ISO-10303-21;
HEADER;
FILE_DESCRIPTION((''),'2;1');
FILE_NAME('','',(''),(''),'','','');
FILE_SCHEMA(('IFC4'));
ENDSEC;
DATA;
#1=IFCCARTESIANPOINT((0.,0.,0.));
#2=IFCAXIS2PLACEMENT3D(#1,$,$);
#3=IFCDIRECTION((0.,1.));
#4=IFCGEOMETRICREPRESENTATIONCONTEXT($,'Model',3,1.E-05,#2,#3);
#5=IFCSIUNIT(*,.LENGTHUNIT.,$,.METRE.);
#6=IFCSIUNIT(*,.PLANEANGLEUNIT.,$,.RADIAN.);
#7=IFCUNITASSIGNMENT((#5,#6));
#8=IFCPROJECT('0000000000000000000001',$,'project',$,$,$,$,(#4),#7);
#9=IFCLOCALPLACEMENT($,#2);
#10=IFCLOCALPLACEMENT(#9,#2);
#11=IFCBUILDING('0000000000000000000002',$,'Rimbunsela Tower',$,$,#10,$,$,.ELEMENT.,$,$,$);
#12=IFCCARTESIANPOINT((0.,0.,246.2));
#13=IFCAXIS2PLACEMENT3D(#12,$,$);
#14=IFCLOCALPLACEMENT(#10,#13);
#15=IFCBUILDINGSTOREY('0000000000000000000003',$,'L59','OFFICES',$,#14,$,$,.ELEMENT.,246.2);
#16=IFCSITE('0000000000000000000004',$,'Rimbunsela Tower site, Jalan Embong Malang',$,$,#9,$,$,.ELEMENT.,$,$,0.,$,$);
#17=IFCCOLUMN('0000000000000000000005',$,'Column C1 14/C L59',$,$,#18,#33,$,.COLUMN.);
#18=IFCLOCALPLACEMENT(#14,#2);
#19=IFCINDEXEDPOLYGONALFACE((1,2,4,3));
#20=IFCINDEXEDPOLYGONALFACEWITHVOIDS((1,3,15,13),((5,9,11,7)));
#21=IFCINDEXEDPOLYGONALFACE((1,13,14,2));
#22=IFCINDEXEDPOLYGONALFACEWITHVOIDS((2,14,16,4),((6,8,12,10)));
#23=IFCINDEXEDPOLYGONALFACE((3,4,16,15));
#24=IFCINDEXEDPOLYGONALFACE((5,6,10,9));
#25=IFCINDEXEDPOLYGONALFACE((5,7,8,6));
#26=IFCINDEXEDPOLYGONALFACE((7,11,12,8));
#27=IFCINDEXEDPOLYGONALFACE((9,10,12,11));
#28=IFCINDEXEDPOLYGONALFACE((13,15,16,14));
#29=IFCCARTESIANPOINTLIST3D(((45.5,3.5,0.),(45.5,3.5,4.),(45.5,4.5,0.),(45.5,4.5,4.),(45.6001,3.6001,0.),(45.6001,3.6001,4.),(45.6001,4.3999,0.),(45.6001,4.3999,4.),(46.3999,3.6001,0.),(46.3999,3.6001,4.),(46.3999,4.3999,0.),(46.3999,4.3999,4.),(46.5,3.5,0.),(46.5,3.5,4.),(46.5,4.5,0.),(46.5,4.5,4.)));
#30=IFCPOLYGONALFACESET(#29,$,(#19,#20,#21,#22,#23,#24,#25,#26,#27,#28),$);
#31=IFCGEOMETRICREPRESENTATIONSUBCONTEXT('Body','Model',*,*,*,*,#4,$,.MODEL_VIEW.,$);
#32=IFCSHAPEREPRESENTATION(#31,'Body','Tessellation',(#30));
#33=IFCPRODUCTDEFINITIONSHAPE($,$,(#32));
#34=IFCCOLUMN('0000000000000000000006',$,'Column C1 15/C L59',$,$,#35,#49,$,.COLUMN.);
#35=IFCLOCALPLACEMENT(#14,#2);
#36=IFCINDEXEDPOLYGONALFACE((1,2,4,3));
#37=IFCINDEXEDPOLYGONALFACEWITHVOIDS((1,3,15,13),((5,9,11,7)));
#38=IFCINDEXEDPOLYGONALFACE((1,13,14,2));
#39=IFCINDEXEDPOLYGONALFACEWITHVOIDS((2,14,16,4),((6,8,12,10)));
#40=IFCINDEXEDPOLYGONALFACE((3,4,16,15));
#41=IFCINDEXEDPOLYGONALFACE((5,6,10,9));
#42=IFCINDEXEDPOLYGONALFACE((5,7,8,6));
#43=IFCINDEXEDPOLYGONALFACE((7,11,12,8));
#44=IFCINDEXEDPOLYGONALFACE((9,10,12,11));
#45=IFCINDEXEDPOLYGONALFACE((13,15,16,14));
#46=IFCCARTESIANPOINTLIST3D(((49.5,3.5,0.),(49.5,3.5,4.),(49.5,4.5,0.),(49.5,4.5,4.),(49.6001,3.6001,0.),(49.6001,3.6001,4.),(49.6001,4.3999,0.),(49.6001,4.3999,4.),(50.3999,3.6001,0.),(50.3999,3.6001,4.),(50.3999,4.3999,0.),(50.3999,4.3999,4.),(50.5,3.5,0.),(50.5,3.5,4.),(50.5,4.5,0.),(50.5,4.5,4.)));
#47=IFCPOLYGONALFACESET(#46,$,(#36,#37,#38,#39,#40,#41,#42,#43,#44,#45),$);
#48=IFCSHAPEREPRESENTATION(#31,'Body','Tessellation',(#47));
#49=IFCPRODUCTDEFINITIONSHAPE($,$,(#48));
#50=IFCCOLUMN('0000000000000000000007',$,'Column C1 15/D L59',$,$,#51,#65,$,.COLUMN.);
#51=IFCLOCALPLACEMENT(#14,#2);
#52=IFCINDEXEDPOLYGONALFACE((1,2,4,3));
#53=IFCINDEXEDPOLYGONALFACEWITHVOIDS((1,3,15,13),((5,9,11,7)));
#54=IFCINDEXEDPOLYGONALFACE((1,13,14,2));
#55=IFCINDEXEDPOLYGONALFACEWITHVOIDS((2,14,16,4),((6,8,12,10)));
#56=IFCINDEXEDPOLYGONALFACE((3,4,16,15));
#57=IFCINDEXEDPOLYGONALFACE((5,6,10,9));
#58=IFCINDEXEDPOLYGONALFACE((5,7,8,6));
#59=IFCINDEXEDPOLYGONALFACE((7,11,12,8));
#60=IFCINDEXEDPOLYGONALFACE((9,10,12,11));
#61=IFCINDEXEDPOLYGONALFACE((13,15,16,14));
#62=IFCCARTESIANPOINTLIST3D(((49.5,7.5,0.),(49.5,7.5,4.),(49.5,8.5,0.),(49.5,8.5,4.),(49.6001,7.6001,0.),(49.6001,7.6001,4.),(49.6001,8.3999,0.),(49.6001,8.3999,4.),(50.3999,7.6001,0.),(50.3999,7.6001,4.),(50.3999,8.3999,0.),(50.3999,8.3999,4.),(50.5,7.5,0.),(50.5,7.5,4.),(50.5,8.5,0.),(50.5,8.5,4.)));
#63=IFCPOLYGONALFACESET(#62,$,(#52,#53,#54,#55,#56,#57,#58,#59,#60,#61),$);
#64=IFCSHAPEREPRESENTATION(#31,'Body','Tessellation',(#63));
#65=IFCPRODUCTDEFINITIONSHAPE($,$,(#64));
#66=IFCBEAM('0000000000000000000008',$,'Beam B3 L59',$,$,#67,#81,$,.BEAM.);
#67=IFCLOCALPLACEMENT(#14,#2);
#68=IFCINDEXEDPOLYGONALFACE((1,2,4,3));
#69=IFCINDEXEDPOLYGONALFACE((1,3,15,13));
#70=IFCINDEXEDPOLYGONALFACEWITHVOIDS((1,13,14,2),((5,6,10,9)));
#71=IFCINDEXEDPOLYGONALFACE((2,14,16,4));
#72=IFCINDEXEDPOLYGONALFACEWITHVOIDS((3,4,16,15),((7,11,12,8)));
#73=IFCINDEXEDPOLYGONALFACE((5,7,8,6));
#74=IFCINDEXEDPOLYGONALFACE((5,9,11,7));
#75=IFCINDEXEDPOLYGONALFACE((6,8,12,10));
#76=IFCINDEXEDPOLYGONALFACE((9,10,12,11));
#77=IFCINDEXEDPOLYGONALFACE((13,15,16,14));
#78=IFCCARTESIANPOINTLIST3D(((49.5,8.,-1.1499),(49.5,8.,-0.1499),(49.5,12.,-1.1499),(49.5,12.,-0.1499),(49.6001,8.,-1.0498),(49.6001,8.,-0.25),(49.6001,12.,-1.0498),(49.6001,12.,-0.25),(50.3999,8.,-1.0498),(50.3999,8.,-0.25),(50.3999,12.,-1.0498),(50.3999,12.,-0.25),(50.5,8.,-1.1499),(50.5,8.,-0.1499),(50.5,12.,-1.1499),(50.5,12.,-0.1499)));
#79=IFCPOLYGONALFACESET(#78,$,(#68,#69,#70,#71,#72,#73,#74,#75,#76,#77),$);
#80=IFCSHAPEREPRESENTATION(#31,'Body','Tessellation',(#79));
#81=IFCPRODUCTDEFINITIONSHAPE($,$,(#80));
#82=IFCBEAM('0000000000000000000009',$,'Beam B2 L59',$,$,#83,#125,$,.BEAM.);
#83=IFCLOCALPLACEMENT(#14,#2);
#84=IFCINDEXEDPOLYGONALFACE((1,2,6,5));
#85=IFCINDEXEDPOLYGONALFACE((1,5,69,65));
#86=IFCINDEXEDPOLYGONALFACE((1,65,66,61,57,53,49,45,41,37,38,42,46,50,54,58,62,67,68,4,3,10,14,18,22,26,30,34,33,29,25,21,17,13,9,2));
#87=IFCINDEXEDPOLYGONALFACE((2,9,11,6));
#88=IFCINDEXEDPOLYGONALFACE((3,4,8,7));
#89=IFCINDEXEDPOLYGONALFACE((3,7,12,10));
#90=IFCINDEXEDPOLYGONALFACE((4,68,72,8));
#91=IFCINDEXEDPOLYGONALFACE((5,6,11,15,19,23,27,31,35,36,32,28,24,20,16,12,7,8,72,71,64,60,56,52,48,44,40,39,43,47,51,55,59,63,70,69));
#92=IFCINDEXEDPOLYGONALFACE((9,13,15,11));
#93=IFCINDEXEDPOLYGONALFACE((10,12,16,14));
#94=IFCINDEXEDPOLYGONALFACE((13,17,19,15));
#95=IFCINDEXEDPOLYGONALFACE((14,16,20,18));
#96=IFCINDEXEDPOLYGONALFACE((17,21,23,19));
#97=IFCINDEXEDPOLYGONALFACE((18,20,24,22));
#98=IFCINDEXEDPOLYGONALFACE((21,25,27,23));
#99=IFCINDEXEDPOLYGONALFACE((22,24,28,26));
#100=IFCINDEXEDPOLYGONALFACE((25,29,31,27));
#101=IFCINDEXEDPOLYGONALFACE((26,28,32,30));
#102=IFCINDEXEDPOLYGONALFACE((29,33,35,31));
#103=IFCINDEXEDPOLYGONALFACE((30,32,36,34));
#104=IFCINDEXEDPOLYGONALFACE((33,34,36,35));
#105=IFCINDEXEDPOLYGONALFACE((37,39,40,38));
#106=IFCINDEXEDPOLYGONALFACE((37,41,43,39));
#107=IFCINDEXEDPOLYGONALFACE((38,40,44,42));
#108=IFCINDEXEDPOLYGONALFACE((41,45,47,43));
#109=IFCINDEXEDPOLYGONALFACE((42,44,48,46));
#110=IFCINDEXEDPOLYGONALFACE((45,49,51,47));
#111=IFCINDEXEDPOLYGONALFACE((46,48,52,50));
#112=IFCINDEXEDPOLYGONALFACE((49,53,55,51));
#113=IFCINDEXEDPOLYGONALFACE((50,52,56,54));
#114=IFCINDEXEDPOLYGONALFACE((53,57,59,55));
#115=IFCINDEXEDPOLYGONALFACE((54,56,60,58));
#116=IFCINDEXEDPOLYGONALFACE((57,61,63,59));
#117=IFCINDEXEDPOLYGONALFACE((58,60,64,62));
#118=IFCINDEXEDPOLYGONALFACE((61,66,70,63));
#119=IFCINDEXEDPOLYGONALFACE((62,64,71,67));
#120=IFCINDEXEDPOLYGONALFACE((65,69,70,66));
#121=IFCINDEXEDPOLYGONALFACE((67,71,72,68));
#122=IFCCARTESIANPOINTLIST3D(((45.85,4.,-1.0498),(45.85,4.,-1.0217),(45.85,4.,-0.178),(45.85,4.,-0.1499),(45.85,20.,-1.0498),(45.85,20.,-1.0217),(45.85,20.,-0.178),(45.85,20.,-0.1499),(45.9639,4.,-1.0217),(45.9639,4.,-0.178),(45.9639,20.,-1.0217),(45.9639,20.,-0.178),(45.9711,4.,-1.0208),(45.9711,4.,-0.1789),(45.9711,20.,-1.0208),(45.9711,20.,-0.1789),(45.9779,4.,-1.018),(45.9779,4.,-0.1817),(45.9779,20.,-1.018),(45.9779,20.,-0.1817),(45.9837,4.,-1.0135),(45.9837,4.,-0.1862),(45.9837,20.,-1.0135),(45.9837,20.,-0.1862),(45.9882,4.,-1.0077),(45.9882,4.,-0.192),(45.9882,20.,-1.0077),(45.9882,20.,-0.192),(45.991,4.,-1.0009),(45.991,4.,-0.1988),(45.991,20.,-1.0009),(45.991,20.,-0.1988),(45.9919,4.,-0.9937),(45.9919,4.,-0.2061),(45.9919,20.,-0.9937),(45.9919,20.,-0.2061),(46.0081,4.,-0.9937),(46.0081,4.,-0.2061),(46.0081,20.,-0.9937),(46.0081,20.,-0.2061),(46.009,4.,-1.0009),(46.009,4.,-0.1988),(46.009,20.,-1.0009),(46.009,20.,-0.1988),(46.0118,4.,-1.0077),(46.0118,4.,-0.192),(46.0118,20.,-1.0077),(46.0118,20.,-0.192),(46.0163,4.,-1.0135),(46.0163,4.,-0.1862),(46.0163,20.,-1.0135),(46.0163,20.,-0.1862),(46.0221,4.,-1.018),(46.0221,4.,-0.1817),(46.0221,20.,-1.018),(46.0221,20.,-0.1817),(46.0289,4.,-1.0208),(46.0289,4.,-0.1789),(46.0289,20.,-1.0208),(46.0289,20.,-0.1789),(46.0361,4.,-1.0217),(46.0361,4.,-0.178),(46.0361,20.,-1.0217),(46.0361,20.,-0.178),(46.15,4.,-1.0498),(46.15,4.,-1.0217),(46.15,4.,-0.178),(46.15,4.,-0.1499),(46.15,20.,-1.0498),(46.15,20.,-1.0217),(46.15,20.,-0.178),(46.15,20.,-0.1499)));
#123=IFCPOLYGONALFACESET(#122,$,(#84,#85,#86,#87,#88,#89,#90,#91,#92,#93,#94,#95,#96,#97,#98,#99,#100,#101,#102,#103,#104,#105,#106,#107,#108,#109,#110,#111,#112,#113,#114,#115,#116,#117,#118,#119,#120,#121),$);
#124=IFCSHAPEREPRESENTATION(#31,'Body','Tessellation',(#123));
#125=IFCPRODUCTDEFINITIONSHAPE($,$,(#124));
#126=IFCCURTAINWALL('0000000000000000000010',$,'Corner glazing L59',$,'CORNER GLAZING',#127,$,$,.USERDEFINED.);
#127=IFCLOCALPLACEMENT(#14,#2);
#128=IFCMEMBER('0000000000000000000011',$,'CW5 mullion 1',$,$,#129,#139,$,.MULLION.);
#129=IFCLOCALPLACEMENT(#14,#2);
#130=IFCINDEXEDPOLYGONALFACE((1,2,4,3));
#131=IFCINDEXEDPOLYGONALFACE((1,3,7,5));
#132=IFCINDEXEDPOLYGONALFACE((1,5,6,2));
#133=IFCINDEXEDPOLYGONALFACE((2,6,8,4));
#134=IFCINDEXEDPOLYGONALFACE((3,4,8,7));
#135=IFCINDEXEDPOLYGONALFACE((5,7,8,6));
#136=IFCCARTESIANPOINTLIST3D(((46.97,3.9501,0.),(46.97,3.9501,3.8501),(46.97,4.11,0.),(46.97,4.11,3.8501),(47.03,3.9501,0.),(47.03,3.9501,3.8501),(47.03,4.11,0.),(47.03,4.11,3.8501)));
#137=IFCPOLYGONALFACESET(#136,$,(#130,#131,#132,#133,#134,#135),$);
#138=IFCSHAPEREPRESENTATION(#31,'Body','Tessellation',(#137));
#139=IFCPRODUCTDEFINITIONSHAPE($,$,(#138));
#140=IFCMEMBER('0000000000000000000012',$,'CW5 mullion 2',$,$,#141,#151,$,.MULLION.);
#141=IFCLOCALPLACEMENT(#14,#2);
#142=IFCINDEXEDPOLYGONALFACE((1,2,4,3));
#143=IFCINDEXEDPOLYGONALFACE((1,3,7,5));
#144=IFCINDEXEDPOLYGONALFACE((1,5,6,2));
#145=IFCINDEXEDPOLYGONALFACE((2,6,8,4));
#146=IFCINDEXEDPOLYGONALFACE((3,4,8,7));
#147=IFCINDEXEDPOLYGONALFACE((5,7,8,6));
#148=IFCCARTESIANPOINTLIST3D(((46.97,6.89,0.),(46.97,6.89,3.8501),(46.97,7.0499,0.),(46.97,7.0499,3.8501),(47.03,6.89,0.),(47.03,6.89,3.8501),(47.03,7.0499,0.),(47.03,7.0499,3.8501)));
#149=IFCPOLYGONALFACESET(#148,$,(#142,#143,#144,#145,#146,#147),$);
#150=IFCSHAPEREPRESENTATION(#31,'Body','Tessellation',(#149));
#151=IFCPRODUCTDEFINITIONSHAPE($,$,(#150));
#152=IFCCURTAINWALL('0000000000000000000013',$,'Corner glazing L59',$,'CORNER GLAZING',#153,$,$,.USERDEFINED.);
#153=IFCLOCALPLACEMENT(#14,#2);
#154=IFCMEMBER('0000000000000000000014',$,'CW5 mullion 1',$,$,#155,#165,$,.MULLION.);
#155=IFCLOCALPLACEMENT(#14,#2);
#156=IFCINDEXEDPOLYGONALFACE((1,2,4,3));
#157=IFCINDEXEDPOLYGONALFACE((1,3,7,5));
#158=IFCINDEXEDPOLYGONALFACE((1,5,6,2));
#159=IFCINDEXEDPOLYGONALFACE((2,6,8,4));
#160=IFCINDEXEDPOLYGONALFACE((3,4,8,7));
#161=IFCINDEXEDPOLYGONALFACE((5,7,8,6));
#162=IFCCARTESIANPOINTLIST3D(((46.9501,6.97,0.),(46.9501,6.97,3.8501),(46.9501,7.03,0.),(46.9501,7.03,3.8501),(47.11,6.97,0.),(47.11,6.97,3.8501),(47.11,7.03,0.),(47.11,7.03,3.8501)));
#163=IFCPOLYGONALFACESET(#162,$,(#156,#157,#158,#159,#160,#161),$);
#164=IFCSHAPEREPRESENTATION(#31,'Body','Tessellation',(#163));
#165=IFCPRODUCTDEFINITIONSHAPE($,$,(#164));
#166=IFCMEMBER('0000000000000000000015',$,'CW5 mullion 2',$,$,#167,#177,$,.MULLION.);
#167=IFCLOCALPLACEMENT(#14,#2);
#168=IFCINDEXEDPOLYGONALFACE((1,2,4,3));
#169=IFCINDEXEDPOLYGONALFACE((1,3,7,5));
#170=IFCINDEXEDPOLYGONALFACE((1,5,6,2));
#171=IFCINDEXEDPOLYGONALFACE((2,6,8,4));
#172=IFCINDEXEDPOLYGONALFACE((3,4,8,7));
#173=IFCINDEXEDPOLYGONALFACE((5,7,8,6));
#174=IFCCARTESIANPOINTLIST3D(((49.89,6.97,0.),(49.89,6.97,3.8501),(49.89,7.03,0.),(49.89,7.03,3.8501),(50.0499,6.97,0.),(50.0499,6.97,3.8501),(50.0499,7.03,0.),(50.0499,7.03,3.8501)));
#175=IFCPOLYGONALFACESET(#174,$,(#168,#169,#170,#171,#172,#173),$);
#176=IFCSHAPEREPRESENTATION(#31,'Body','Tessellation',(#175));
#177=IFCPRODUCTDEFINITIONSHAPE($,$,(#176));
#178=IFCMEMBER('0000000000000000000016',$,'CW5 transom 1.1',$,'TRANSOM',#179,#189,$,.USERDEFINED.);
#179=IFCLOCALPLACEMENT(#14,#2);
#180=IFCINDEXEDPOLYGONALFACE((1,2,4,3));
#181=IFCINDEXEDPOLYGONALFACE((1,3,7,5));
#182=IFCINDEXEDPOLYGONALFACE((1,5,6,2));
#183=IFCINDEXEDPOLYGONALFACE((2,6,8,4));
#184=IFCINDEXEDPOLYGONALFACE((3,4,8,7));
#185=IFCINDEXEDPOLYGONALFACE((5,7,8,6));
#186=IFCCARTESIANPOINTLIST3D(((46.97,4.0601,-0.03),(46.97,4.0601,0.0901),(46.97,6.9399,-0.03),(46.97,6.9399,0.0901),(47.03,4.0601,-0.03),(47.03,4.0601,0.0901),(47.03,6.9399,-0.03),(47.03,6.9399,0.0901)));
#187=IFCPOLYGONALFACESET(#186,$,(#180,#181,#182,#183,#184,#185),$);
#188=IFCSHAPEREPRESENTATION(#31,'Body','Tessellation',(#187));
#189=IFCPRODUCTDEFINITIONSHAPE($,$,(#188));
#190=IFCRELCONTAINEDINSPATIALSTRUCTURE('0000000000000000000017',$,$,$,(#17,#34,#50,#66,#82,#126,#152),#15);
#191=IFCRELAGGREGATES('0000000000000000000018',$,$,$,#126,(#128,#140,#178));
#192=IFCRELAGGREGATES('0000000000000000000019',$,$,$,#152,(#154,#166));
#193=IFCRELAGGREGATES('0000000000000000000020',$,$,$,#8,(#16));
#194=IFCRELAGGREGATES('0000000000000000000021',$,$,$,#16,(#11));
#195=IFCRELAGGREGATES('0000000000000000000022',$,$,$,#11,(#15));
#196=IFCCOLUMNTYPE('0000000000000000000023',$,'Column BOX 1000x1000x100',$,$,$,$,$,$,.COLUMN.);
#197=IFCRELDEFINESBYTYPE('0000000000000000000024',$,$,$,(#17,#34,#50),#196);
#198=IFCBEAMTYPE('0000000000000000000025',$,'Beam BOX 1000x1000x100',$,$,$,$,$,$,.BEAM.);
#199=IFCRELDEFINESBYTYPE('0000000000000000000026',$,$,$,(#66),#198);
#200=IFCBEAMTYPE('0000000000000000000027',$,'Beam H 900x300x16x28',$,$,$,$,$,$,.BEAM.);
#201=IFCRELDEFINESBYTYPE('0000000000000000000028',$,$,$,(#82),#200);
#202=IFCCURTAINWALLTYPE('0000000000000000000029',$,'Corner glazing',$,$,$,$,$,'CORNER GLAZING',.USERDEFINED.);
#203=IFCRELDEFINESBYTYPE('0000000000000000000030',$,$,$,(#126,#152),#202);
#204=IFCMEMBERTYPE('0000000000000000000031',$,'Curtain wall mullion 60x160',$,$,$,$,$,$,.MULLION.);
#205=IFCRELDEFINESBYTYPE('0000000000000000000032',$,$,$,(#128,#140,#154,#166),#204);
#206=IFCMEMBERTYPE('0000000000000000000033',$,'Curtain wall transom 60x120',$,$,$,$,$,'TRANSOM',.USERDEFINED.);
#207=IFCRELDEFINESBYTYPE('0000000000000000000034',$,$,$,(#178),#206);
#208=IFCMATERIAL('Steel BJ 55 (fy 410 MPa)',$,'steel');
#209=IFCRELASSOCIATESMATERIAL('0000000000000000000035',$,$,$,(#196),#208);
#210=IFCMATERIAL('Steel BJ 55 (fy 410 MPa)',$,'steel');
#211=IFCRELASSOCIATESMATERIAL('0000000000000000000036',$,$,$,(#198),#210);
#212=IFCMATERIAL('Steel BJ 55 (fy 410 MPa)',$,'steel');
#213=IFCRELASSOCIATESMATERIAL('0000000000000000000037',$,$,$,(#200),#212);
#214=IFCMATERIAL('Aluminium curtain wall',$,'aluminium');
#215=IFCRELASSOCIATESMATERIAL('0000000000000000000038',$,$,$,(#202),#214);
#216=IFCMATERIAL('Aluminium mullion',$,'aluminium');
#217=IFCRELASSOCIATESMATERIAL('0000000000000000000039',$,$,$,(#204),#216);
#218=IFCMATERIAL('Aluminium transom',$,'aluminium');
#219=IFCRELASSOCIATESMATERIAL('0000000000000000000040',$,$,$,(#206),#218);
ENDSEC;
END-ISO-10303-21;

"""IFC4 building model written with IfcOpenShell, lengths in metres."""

from ifc_helpers import new_model, si_unit, direction, frame, origin, origin_2d, place, context, subcontext, project, spatial, rectangle, hollow_rectangle, i_section, extrude, material, material_profile, profile_set, type_object, element, aggregate, save


model = new_model("IFC4")

# Units and contexts
model_context = context("Model", 3, precision=1e-05, world=origin(), true_north=direction((0.0, 1.0)))
body_context = subcontext(model_context, "Body", "Model", "MODEL_VIEW")
ifc_project = project(units=[si_unit("LENGTHUNIT", "METRE"), si_unit("PLANEANGLEUNIT", "RADIAN")], contexts=[model_context])

# Site, building, storey
site_placement = place(None, origin())
site = spatial("IfcSite", under=ifc_project, at=site_placement, Name="Rimbunsela Tower site, Jalan Embong Malang", CompositionType="ELEMENT", RefElevation=0.0)
building_placement = place(site_placement, origin())
building = spatial("IfcBuilding", under=site, at=building_placement, Name="Rimbunsela Tower", CompositionType="ELEMENT")
storey_placement = place(building_placement, frame((0.0, 0.0, 246.2)))
storey = spatial("IfcBuildingStorey", under=building, at=storey_placement, Name="L59", Description="OFFICES", CompositionType="ELEMENT", Elevation=246.2)

# Columns
ifc_material_1 = material(Name="Steel BJ 55 (fy 410 MPa)", Category="steel")
ifc_material_profile_1 = material_profile(ifc_material_1, hollow_rectangle(XDim=1.0, YDim=1.0, WallThickness=0.1001, at=origin_2d()), Name="BOX 1000x1000x100")
ifc_profile_set_1 = profile_set([ifc_material_profile_1], Name="Steel BJ 55 (fy 410 MPa)")
column_type = type_object("IfcColumnType", Name="Column BOX 1000x1000x100", PredefinedType="COLUMN", material=ifc_profile_set_1)
for number, where, z_axis, x_axis, name in (
    (1, (46.0, 4.0, 0.0), (0.0, 0.0, 1.0), (1.0, 0.0, 0.0), "Column C1 14/C L59"),
    (2, (50.0, 4.0, 0.0), (0.0, 0.0, 1.0), (1.0, 0.0, 0.0), "Column C1 15/C L59"),
    (3, (50.0, 8.0, 0.0), (0.0, 0.0, 1.0), (1.0, 0.0, 0.0), "Column C1 15/D L59"),
):
    element("IfcColumn", number, at=place(storey_placement, frame(where, z_axis=z_axis, x_axis=x_axis)), inside=storey, type_object=column_type, Name=name, PredefinedType="COLUMN", context=body_context, shape_type="SweptSolid", body=[
        extrude(hollow_rectangle(XDim=1.0, YDim=1.0, WallThickness=0.1001, at=origin_2d()), origin(), (0.0, 0.0, 1.0), 4.0),
    ])

# Beams
ifc_material_2 = material(Name="Steel BJ 55 (fy 410 MPa)", Category="steel")
ifc_material_profile_2 = material_profile(ifc_material_2, hollow_rectangle(XDim=1.0, YDim=1.0, WallThickness=0.1001, at=origin_2d()), Name="BOX 1000x1000x100")
ifc_profile_set_2 = profile_set([ifc_material_profile_2], Name="Steel BJ 55 (fy 410 MPa)")
beam_type_1 = type_object("IfcBeamType", Name="Beam BOX 1000x1000x100", PredefinedType="BEAM", material=ifc_profile_set_2)
beam_1_placement = place(storey_placement, frame((50.0, 8.0, -0.6499), z_axis=(0.0, 1.0, 0.0), x_axis=(-1.0, 0.0, 0.0)))
element("IfcBeam", 4, at=beam_1_placement, inside=storey, type_object=beam_type_1, Name="Beam B3 L59", PredefinedType="BEAM", context=body_context, shape_type="SweptSolid", body=[
    extrude(hollow_rectangle(XDim=1.0, YDim=1.0, WallThickness=0.1001, at=origin_2d()), origin(), (0.0, 0.0, 1.0), 4.0),
])
ifc_material_3 = material(Name="Steel BJ 55 (fy 410 MPa)", Category="steel")
ifc_material_profile_3 = material_profile(ifc_material_3, i_section(OverallWidth=0.3, OverallDepth=0.8999, WebThickness=0.0161, FlangeThickness=0.0281, FilletRadius=0.0281, at=origin_2d()), Name="H 900x300x16x28")
ifc_profile_set_3 = profile_set([ifc_material_profile_3], Name="Steel BJ 55 (fy 410 MPa)")
beam_type_2 = type_object("IfcBeamType", Name="Beam H 900x300x16x28", PredefinedType="BEAM", material=ifc_profile_set_3)
beam_2_placement = place(storey_placement, frame((46.0, 4.0, -0.5999), z_axis=(0.0, 1.0, 0.0), x_axis=(-1.0, 0.0, 0.0)))
element("IfcBeam", 5, at=beam_2_placement, inside=storey, type_object=beam_type_2, Name="Beam B2 L59", PredefinedType="BEAM", context=body_context, shape_type="SweptSolid", body=[
    extrude(i_section(OverallWidth=0.3, OverallDepth=0.8999, WebThickness=0.0161, FlangeThickness=0.0281, FilletRadius=0.0281, at=origin_2d()), origin(), (0.0, 0.0, 1.0), 16.0),
])

# Curtain walls, members
ifc_material_4 = material(Name="Aluminium curtain wall", Category="aluminium")
curtain_wall_type = type_object("IfcCurtainWallType", Name="Corner glazing", ElementType="CORNER GLAZING", PredefinedType="USERDEFINED", material=ifc_material_4)
curtain_wall_1_placement = place(storey_placement, origin())
curtain_wall_1 = element("IfcCurtainWall", 6, at=curtain_wall_1_placement, inside=storey, type_object=curtain_wall_type, Name="Corner glazing L59", ObjectType="CORNER GLAZING", PredefinedType="USERDEFINED")
ifc_material_5 = material(Name="Aluminium mullion", Category="aluminium")
ifc_material_profile_4 = material_profile(ifc_material_5, rectangle(XDim=0.0601, YDim=0.1599, at=origin_2d()), Name="Mullion 60x160")
ifc_profile_set_4 = profile_set([ifc_material_profile_4], Name="Aluminium mullion")
member_type_1 = type_object("IfcMemberType", Name="Curtain wall mullion 60x160", PredefinedType="MULLION", material=ifc_profile_set_4)
member_1_placement = place(storey_placement, frame((47.0, 4.03, 0.0), z_axis=(0.0, 0.0, 1.0), x_axis=(-1.0, 0.0, 0.0)))
member_1 = element("IfcMember", 7, at=member_1_placement, type_object=member_type_1, Name="CW5 mullion 1", PredefinedType="MULLION", context=body_context, shape_type="SweptSolid", body=[
    extrude(rectangle(XDim=0.0601, YDim=0.1599, at=origin_2d()), origin(), (0.0, 0.0, 1.0), 3.8501),
])
member_2_placement = place(storey_placement, frame((47.0, 6.97, 0.0), z_axis=(0.0, 0.0, 1.0), x_axis=(-1.0, 0.0, 0.0)))
member_2 = element("IfcMember", 8, at=member_2_placement, type_object=member_type_1, Name="CW5 mullion 2", PredefinedType="MULLION", context=body_context, shape_type="SweptSolid", body=[
    extrude(rectangle(XDim=0.0601, YDim=0.1599, at=origin_2d()), origin(), (0.0, 0.0, 1.0), 3.8501),
])
curtain_wall_2_placement = place(storey_placement, origin())
curtain_wall_2 = element("IfcCurtainWall", 9, at=curtain_wall_2_placement, inside=storey, type_object=curtain_wall_type, Name="Corner glazing L59", ObjectType="CORNER GLAZING", PredefinedType="USERDEFINED")
member_3_placement = place(storey_placement, frame((47.03, 7.0, 0.0), z_axis=(0.0, 0.0, 1.0), x_axis=(0.0, 1.0, 0.0)))
member_3 = element("IfcMember", 10, at=member_3_placement, type_object=member_type_1, Name="CW5 mullion 1", PredefinedType="MULLION", context=body_context, shape_type="SweptSolid", body=[
    extrude(rectangle(XDim=0.0601, YDim=0.1599, at=origin_2d()), origin(), (0.0, 0.0, 1.0), 3.8501),
])
member_4_placement = place(storey_placement, frame((49.97, 7.0, 0.0), z_axis=(0.0, 0.0, 1.0), x_axis=(0.0, 1.0, 0.0)))
member_4 = element("IfcMember", 11, at=member_4_placement, type_object=member_type_1, Name="CW5 mullion 2", PredefinedType="MULLION", context=body_context, shape_type="SweptSolid", body=[
    extrude(rectangle(XDim=0.0601, YDim=0.1599, at=origin_2d()), origin(), (0.0, 0.0, 1.0), 3.8501),
])

# Member
ifc_material_6 = material(Name="Aluminium transom", Category="aluminium")
ifc_material_profile_5 = material_profile(ifc_material_6, rectangle(XDim=0.0601, YDim=0.1201, at=origin_2d()), Name="Transom 60x120")
ifc_profile_set_5 = profile_set([ifc_material_profile_5], Name="Aluminium transom")
member_type_2 = type_object("IfcMemberType", Name="Curtain wall transom 60x120", ElementType="TRANSOM", PredefinedType="USERDEFINED", material=ifc_profile_set_5)
member_5_placement = place(storey_placement, frame((47.0, 4.0601, 0.03), z_axis=(0.0, 1.0, 0.0), x_axis=(-1.0, 0.0, 0.0)))
member_5 = element("IfcMember", 12, at=member_5_placement, type_object=member_type_2, Name="CW5 transom 1.1", ObjectType="TRANSOM", PredefinedType="USERDEFINED", context=body_context, shape_type="SweptSolid", body=[
    extrude(rectangle(XDim=0.0601, YDim=0.1201, at=origin_2d()), origin(), (0.0, 0.0, 1.0), 2.8799),
])

aggregate(curtain_wall_1, [member_1, member_2, member_5])
aggregate(curtain_wall_2, [member_3, member_4])

save(model, "model.ifc")
